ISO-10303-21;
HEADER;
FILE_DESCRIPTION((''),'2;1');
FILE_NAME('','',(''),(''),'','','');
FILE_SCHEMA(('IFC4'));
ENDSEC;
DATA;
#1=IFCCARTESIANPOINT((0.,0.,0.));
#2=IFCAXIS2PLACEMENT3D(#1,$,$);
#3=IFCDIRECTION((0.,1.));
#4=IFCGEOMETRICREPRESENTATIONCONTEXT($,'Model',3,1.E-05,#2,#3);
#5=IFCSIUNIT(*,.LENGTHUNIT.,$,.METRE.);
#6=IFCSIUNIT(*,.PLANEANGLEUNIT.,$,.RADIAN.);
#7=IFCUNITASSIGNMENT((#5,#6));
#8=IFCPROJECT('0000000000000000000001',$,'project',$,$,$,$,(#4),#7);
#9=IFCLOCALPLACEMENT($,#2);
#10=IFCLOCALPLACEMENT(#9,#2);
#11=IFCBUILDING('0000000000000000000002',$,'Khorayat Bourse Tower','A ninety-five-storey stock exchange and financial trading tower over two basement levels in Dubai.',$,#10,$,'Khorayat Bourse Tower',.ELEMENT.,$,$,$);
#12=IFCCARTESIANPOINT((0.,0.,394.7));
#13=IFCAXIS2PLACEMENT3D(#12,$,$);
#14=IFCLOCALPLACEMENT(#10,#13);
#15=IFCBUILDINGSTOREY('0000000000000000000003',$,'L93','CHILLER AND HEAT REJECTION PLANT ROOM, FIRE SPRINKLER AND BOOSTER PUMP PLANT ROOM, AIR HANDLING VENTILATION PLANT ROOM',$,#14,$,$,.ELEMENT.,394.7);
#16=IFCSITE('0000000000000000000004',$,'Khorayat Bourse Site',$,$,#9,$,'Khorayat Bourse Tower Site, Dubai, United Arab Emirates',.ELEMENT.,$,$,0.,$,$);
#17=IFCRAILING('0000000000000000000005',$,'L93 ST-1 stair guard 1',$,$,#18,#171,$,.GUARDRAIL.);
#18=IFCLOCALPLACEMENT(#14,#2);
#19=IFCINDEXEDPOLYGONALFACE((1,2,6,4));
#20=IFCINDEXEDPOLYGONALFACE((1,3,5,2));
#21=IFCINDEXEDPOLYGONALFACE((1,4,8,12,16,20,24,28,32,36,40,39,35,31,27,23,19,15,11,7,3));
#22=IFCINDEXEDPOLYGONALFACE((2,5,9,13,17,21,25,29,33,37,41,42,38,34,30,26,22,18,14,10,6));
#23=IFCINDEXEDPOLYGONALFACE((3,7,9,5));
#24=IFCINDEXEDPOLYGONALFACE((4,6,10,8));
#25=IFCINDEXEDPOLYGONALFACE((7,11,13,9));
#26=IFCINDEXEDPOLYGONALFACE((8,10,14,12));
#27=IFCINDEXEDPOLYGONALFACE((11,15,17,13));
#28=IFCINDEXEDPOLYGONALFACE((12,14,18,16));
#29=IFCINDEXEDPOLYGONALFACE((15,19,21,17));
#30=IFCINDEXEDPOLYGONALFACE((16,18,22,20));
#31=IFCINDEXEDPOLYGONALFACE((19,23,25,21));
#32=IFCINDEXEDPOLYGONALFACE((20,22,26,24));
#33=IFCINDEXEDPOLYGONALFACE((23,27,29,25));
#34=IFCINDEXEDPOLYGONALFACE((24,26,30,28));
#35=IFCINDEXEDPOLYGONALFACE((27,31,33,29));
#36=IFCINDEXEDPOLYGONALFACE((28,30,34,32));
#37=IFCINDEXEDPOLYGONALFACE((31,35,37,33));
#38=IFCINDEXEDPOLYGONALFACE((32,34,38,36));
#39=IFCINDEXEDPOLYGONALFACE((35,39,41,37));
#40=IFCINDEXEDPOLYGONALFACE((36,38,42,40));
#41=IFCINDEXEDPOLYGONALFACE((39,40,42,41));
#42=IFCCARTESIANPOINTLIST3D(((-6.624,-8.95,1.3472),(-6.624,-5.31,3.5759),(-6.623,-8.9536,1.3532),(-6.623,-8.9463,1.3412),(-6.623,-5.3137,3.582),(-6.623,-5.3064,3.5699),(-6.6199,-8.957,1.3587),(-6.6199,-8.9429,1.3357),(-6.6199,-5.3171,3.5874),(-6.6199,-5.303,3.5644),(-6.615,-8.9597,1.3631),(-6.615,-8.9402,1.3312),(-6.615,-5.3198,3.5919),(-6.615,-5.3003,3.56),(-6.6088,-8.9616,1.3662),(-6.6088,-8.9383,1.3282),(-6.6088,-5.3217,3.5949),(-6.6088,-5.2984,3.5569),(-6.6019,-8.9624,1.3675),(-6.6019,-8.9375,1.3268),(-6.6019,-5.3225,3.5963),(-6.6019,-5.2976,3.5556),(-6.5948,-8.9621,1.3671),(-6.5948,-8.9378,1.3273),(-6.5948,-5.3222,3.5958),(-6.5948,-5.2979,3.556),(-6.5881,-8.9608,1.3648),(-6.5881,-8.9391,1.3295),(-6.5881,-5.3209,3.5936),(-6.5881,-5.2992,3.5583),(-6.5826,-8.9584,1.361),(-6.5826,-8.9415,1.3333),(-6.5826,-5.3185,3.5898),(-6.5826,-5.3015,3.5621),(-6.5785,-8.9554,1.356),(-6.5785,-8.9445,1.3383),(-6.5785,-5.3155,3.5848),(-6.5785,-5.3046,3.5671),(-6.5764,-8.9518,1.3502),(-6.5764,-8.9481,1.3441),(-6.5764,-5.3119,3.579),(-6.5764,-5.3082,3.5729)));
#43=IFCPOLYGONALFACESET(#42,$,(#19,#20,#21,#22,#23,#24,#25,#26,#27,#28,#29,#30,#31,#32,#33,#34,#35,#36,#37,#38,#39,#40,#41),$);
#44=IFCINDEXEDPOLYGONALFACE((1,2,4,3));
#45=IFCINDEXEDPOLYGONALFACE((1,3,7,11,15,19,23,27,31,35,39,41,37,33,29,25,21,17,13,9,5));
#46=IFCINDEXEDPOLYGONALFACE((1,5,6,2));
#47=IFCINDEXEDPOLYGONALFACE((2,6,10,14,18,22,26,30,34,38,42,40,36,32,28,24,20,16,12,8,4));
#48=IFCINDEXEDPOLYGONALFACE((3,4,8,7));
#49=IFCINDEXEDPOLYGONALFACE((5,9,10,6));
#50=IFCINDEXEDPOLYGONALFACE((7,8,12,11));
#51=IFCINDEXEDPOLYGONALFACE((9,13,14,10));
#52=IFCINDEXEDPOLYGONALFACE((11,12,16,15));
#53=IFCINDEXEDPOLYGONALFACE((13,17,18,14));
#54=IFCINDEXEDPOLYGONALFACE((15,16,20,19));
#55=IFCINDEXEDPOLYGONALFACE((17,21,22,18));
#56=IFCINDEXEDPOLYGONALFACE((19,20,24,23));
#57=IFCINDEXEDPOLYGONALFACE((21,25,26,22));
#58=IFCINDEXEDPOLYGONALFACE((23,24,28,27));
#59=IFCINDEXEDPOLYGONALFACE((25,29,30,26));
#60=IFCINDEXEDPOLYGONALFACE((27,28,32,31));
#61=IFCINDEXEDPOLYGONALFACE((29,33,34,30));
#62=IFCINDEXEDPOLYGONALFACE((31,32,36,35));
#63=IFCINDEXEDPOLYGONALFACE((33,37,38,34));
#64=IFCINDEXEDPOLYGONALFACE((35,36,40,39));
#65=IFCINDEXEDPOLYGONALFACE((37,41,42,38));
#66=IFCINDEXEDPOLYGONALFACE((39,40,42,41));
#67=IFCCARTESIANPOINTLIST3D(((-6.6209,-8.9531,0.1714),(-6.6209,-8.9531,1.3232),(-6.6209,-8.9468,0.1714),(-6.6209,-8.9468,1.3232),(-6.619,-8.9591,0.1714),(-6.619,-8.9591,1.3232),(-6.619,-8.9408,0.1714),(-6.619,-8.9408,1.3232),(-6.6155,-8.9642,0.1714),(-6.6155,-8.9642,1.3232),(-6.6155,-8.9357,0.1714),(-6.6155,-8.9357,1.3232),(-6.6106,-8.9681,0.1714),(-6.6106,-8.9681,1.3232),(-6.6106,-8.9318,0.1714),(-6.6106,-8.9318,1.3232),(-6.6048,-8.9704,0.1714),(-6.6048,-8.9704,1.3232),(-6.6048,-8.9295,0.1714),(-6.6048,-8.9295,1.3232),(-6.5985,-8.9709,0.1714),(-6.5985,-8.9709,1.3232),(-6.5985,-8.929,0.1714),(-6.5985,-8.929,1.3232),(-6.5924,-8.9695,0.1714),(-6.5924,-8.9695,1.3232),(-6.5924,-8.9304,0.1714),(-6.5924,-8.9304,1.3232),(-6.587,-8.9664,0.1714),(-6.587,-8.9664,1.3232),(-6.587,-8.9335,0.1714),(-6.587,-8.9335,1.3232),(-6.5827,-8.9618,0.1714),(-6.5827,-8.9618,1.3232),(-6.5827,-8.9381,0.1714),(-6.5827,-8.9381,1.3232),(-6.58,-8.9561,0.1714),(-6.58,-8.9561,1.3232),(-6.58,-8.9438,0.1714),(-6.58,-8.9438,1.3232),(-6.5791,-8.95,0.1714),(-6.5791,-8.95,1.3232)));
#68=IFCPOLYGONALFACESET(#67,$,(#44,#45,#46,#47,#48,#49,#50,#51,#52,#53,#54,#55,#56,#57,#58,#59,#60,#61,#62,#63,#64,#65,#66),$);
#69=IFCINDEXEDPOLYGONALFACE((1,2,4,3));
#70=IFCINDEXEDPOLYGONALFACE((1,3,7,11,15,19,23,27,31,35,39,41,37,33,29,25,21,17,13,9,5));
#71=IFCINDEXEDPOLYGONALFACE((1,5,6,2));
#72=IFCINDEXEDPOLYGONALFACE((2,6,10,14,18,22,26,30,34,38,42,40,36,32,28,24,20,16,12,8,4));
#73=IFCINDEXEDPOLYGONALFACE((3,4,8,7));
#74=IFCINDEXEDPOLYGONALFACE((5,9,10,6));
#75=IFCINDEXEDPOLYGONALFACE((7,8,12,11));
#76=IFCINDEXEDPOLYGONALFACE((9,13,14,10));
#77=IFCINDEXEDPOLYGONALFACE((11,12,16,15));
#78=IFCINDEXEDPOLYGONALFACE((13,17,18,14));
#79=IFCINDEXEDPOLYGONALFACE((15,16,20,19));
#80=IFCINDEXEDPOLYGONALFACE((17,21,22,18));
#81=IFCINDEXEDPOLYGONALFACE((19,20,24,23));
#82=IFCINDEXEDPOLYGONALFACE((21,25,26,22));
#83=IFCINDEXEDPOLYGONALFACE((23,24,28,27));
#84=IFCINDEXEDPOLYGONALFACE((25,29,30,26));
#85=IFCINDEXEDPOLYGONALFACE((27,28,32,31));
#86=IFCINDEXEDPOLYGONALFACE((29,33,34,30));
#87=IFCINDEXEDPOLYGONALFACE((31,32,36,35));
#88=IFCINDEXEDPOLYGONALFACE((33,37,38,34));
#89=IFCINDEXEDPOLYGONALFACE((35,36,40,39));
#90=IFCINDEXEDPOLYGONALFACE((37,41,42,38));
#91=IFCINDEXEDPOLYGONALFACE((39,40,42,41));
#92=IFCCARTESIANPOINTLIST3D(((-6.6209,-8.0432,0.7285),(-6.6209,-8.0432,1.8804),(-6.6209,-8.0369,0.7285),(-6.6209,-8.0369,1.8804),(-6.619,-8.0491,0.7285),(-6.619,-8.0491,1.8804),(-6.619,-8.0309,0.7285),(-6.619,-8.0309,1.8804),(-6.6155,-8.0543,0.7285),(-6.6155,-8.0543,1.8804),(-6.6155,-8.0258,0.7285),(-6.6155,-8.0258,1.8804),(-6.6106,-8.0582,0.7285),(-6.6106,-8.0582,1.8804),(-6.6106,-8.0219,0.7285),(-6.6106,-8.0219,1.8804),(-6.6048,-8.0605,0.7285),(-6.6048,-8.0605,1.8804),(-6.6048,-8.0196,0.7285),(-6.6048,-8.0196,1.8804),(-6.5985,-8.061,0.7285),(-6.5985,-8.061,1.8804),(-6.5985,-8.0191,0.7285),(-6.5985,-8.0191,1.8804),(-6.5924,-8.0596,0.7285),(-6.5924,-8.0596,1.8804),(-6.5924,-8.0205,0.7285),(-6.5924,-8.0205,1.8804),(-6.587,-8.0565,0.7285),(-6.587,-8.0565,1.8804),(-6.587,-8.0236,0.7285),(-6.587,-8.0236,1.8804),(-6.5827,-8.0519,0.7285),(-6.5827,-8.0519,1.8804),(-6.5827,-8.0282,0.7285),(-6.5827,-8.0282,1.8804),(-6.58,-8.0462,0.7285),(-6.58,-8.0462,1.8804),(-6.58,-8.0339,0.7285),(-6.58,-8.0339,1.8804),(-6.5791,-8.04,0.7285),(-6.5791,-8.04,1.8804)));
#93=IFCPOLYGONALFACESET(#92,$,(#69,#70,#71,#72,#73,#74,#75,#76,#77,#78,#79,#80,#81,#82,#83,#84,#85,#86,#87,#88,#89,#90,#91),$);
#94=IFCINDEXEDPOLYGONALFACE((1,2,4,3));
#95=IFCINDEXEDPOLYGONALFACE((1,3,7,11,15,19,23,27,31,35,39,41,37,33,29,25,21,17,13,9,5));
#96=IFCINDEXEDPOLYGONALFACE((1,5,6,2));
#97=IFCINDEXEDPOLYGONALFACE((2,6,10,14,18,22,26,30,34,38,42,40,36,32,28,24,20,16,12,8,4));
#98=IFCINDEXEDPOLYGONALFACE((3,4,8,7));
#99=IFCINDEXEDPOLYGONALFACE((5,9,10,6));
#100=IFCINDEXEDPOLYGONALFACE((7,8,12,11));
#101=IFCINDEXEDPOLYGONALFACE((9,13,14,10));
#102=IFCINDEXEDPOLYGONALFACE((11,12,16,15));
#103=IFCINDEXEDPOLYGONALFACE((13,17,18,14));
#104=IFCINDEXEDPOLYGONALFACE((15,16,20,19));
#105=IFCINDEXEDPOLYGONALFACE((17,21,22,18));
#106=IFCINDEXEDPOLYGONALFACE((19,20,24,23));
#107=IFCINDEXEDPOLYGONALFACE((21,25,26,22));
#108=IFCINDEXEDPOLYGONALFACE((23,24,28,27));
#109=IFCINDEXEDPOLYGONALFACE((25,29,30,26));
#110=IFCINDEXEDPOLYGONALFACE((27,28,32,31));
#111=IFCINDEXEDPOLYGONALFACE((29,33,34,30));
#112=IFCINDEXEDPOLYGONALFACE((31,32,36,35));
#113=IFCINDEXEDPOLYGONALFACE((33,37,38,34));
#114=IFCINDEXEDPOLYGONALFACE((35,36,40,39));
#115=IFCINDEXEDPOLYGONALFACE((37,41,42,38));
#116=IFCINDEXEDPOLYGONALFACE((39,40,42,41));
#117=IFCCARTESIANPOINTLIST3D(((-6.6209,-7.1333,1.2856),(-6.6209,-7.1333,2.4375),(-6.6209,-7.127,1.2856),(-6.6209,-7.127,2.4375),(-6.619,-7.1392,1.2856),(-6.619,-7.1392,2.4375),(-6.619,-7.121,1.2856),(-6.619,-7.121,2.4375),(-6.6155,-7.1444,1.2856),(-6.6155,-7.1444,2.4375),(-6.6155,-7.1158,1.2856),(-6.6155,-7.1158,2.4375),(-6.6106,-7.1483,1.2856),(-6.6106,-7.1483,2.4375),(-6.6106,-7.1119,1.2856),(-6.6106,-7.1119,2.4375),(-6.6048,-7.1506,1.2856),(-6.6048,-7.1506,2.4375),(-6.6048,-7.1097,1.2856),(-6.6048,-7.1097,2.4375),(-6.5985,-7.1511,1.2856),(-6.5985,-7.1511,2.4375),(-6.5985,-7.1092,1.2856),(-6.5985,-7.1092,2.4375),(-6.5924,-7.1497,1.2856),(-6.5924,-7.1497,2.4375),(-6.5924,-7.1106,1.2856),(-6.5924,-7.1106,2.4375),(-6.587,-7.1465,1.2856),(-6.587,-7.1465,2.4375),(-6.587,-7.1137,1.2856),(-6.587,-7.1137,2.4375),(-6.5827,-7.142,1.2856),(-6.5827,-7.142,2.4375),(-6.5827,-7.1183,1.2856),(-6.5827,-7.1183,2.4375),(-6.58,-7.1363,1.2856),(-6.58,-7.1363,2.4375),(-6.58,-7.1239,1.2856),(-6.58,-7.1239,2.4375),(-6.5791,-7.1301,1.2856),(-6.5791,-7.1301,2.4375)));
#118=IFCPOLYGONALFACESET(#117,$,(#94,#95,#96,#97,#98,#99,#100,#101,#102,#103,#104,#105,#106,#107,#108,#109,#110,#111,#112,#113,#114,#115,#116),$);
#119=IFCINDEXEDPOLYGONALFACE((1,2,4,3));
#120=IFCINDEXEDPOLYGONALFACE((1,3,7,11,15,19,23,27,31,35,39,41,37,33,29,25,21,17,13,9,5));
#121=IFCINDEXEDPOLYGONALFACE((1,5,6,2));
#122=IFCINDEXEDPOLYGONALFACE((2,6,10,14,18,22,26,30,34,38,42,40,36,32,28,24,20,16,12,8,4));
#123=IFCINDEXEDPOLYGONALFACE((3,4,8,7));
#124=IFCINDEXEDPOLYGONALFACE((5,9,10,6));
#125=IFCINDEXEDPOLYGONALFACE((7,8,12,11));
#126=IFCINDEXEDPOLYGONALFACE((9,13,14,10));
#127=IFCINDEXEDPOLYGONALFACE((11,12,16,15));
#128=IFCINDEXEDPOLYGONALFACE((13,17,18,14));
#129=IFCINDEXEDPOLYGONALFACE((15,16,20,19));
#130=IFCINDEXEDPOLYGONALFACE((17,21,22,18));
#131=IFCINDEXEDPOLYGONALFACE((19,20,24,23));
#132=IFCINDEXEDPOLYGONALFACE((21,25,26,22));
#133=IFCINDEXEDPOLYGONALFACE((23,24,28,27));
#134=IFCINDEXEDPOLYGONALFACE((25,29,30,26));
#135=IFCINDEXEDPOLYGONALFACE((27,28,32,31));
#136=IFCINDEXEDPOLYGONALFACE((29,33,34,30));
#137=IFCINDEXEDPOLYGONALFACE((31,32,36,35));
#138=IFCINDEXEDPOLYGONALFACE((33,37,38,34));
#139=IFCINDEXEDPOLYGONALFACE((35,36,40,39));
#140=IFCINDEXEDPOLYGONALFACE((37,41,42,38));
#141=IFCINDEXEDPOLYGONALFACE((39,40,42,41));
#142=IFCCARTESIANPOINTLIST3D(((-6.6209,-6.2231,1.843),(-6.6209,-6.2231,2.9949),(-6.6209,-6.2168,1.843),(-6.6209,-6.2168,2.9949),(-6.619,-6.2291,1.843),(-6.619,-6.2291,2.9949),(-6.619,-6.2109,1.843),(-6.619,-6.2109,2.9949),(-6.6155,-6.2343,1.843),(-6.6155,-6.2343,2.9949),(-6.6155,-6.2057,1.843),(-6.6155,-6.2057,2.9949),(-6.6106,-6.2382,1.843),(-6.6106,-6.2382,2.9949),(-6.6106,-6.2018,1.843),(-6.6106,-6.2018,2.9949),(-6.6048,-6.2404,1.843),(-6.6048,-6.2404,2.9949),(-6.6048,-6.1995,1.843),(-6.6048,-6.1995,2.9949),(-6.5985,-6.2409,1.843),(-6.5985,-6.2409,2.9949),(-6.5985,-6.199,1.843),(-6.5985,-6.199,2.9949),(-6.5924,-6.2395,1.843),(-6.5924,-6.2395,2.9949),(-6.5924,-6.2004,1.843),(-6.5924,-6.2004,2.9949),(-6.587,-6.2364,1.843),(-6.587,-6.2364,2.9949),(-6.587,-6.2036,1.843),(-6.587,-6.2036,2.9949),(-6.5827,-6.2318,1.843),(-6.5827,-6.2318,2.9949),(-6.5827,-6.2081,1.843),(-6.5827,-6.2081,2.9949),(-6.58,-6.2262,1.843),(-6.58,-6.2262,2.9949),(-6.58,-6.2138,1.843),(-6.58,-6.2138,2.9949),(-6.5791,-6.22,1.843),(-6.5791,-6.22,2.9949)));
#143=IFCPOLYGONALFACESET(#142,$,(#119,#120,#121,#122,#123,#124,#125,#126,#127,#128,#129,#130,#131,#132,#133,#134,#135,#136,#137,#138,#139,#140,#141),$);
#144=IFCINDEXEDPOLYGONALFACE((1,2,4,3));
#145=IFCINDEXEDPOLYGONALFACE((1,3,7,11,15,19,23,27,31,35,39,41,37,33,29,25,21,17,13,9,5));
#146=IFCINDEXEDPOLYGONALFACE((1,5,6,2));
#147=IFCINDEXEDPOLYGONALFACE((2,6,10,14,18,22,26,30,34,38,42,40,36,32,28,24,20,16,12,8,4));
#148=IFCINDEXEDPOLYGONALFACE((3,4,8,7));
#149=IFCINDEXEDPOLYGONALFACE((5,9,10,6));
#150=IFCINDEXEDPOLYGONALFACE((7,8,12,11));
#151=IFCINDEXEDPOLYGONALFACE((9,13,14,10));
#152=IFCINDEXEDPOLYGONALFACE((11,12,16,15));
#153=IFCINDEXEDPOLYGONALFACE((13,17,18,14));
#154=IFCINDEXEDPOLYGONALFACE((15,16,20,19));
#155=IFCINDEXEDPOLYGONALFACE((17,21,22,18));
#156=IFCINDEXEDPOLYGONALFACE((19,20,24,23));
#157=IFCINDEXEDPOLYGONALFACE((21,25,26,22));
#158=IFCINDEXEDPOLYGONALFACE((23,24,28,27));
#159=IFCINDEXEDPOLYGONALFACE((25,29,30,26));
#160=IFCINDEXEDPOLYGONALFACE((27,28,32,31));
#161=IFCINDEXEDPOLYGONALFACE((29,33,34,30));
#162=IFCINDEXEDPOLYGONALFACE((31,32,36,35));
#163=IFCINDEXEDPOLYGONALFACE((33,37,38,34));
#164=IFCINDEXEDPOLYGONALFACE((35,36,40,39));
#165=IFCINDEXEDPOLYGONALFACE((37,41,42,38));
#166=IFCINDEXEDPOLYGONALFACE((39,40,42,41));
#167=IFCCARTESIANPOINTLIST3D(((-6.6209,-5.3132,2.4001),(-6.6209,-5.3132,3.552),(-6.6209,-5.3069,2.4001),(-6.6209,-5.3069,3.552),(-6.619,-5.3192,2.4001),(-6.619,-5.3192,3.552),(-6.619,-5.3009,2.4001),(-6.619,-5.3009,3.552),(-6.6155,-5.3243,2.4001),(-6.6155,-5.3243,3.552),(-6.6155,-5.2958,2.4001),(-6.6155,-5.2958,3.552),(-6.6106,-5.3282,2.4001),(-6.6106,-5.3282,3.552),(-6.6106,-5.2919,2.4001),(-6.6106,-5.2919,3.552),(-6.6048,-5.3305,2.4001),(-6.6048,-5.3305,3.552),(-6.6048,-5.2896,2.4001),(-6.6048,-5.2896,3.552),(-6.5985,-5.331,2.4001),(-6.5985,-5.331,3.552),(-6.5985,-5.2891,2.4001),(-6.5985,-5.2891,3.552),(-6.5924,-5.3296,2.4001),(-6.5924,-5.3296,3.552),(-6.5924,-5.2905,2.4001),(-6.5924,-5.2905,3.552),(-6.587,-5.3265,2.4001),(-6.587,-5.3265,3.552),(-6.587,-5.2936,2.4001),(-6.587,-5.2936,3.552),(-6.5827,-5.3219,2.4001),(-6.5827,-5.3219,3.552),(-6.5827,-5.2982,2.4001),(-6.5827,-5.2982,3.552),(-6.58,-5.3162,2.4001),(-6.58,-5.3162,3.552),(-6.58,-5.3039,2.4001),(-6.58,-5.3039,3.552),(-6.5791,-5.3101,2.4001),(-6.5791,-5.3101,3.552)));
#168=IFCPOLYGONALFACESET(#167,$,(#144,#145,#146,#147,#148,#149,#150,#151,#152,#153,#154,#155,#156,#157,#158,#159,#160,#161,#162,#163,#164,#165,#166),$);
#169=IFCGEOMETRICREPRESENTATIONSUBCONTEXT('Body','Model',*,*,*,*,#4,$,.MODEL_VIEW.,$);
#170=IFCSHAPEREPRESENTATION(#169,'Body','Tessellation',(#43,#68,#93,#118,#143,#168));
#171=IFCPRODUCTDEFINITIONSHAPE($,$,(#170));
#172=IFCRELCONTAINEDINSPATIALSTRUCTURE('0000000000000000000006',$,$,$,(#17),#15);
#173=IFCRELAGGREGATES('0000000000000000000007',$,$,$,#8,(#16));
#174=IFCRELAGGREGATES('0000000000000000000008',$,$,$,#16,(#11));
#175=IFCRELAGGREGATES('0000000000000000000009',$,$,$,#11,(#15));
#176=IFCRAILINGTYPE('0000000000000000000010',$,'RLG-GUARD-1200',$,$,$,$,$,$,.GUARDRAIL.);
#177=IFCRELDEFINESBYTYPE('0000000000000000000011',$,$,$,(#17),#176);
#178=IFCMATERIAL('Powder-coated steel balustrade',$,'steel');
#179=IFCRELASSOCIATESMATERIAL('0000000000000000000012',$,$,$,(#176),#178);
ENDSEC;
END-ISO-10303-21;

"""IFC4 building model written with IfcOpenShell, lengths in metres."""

from ifc_helpers import new_model, si_unit, direction, frame, origin, origin_2d, place, context, subcontext, project, spatial, circle, extrude, source, transform, mapped, material, type_object, element, save


model = new_model("IFC4")

# Units and contexts
model_context = context("Model", 3, precision=1e-05, world=origin(), true_north=direction((0.0, 1.0)))
body_context = subcontext(model_context, "Body", "Model", "MODEL_VIEW")
ifc_project = project(units=[si_unit("LENGTHUNIT", "METRE"), si_unit("PLANEANGLEUNIT", "RADIAN")], contexts=[model_context])

# Site, building, storey
site_placement = place(None, origin())
site = spatial("IfcSite", under=ifc_project, at=site_placement, Name="Khorayat Bourse Site", LongName="Khorayat Bourse Tower Site, Dubai, United Arab Emirates", CompositionType="ELEMENT", RefElevation=0.0)
building_placement = place(site_placement, origin())
building = spatial("IfcBuilding", under=site, at=building_placement, Name="Khorayat Bourse Tower", Description="A ninety-five-storey stock exchange and financial trading tower over two basement levels in Dubai.", LongName="Khorayat Bourse Tower", CompositionType="ELEMENT")
storey_placement = place(building_placement, frame((0.0, 0.0, 394.7)))
storey = spatial("IfcBuildingStorey", under=building, at=storey_placement, Name="L93", Description="CHILLER AND HEAT REJECTION PLANT ROOM, FIRE SPRINKLER AND BOOSTER PUMP PLANT ROOM, AIR HANDLING VENTILATION PLANT ROOM", CompositionType="ELEMENT", Elevation=394.7)

# Railing
ifc_material_1 = material(Name="Powder-coated steel balustrade", Category="steel")
railing_type_1 = type_object("IfcRailingType", Name="RLG-GUARD-1200", PredefinedType="GUARDRAIL", material=ifc_material_1)
shared_shape_1 = source(origin(), body_context, "Body", "SweptSolid", [
    extrude(circle(Radius=0.0239, at=origin_2d()), frame((0.0, 0.0, 1.1758), z_axis=(0.0, 0.852825, 0.522197), x_axis=(-1.0, 0.0, 0.0)), (0.0, 0.0, 1.0), 4.2681),
    extrude(circle(Radius=0.021, at=origin_2d()), origin(), (0.0, 0.0, 1.0), 1.1519),
    extrude(circle(Radius=0.021, at=origin_2d()), frame((0.0, 0.9099, 0.5571)), (0.0, 0.0, 1.0), 1.1519),
    extrude(circle(Radius=0.021, at=origin_2d()), frame((0.0, 1.8198, 1.1143)), (0.0, 0.0, 1.0), 1.1519),
    extrude(circle(Radius=0.021, at=origin_2d()), frame((0.0, 2.73, 1.6716)), (0.0, 0.0, 1.0), 1.1519),
    extrude(circle(Radius=0.021, at=origin_2d()), frame((0.0, 3.6399, 2.2288)), (0.0, 0.0, 1.0), 1.1519),
])
railing_1_placement = place(storey_placement, frame((-6.6001, -8.95, 0.1714)))
element("IfcRailing", 1, at=railing_1_placement, inside=storey, type_object=railing_type_1, Name="L93 ST-1 stair guard 1", PredefinedType="GUARDRAIL", context=body_context, shape_type="MappedRepresentation", body=[
    mapped(shared_shape_1, transform((0.0, 0.0, 0.0), scale=1.0)),
])

save(model, "model.ifc")
